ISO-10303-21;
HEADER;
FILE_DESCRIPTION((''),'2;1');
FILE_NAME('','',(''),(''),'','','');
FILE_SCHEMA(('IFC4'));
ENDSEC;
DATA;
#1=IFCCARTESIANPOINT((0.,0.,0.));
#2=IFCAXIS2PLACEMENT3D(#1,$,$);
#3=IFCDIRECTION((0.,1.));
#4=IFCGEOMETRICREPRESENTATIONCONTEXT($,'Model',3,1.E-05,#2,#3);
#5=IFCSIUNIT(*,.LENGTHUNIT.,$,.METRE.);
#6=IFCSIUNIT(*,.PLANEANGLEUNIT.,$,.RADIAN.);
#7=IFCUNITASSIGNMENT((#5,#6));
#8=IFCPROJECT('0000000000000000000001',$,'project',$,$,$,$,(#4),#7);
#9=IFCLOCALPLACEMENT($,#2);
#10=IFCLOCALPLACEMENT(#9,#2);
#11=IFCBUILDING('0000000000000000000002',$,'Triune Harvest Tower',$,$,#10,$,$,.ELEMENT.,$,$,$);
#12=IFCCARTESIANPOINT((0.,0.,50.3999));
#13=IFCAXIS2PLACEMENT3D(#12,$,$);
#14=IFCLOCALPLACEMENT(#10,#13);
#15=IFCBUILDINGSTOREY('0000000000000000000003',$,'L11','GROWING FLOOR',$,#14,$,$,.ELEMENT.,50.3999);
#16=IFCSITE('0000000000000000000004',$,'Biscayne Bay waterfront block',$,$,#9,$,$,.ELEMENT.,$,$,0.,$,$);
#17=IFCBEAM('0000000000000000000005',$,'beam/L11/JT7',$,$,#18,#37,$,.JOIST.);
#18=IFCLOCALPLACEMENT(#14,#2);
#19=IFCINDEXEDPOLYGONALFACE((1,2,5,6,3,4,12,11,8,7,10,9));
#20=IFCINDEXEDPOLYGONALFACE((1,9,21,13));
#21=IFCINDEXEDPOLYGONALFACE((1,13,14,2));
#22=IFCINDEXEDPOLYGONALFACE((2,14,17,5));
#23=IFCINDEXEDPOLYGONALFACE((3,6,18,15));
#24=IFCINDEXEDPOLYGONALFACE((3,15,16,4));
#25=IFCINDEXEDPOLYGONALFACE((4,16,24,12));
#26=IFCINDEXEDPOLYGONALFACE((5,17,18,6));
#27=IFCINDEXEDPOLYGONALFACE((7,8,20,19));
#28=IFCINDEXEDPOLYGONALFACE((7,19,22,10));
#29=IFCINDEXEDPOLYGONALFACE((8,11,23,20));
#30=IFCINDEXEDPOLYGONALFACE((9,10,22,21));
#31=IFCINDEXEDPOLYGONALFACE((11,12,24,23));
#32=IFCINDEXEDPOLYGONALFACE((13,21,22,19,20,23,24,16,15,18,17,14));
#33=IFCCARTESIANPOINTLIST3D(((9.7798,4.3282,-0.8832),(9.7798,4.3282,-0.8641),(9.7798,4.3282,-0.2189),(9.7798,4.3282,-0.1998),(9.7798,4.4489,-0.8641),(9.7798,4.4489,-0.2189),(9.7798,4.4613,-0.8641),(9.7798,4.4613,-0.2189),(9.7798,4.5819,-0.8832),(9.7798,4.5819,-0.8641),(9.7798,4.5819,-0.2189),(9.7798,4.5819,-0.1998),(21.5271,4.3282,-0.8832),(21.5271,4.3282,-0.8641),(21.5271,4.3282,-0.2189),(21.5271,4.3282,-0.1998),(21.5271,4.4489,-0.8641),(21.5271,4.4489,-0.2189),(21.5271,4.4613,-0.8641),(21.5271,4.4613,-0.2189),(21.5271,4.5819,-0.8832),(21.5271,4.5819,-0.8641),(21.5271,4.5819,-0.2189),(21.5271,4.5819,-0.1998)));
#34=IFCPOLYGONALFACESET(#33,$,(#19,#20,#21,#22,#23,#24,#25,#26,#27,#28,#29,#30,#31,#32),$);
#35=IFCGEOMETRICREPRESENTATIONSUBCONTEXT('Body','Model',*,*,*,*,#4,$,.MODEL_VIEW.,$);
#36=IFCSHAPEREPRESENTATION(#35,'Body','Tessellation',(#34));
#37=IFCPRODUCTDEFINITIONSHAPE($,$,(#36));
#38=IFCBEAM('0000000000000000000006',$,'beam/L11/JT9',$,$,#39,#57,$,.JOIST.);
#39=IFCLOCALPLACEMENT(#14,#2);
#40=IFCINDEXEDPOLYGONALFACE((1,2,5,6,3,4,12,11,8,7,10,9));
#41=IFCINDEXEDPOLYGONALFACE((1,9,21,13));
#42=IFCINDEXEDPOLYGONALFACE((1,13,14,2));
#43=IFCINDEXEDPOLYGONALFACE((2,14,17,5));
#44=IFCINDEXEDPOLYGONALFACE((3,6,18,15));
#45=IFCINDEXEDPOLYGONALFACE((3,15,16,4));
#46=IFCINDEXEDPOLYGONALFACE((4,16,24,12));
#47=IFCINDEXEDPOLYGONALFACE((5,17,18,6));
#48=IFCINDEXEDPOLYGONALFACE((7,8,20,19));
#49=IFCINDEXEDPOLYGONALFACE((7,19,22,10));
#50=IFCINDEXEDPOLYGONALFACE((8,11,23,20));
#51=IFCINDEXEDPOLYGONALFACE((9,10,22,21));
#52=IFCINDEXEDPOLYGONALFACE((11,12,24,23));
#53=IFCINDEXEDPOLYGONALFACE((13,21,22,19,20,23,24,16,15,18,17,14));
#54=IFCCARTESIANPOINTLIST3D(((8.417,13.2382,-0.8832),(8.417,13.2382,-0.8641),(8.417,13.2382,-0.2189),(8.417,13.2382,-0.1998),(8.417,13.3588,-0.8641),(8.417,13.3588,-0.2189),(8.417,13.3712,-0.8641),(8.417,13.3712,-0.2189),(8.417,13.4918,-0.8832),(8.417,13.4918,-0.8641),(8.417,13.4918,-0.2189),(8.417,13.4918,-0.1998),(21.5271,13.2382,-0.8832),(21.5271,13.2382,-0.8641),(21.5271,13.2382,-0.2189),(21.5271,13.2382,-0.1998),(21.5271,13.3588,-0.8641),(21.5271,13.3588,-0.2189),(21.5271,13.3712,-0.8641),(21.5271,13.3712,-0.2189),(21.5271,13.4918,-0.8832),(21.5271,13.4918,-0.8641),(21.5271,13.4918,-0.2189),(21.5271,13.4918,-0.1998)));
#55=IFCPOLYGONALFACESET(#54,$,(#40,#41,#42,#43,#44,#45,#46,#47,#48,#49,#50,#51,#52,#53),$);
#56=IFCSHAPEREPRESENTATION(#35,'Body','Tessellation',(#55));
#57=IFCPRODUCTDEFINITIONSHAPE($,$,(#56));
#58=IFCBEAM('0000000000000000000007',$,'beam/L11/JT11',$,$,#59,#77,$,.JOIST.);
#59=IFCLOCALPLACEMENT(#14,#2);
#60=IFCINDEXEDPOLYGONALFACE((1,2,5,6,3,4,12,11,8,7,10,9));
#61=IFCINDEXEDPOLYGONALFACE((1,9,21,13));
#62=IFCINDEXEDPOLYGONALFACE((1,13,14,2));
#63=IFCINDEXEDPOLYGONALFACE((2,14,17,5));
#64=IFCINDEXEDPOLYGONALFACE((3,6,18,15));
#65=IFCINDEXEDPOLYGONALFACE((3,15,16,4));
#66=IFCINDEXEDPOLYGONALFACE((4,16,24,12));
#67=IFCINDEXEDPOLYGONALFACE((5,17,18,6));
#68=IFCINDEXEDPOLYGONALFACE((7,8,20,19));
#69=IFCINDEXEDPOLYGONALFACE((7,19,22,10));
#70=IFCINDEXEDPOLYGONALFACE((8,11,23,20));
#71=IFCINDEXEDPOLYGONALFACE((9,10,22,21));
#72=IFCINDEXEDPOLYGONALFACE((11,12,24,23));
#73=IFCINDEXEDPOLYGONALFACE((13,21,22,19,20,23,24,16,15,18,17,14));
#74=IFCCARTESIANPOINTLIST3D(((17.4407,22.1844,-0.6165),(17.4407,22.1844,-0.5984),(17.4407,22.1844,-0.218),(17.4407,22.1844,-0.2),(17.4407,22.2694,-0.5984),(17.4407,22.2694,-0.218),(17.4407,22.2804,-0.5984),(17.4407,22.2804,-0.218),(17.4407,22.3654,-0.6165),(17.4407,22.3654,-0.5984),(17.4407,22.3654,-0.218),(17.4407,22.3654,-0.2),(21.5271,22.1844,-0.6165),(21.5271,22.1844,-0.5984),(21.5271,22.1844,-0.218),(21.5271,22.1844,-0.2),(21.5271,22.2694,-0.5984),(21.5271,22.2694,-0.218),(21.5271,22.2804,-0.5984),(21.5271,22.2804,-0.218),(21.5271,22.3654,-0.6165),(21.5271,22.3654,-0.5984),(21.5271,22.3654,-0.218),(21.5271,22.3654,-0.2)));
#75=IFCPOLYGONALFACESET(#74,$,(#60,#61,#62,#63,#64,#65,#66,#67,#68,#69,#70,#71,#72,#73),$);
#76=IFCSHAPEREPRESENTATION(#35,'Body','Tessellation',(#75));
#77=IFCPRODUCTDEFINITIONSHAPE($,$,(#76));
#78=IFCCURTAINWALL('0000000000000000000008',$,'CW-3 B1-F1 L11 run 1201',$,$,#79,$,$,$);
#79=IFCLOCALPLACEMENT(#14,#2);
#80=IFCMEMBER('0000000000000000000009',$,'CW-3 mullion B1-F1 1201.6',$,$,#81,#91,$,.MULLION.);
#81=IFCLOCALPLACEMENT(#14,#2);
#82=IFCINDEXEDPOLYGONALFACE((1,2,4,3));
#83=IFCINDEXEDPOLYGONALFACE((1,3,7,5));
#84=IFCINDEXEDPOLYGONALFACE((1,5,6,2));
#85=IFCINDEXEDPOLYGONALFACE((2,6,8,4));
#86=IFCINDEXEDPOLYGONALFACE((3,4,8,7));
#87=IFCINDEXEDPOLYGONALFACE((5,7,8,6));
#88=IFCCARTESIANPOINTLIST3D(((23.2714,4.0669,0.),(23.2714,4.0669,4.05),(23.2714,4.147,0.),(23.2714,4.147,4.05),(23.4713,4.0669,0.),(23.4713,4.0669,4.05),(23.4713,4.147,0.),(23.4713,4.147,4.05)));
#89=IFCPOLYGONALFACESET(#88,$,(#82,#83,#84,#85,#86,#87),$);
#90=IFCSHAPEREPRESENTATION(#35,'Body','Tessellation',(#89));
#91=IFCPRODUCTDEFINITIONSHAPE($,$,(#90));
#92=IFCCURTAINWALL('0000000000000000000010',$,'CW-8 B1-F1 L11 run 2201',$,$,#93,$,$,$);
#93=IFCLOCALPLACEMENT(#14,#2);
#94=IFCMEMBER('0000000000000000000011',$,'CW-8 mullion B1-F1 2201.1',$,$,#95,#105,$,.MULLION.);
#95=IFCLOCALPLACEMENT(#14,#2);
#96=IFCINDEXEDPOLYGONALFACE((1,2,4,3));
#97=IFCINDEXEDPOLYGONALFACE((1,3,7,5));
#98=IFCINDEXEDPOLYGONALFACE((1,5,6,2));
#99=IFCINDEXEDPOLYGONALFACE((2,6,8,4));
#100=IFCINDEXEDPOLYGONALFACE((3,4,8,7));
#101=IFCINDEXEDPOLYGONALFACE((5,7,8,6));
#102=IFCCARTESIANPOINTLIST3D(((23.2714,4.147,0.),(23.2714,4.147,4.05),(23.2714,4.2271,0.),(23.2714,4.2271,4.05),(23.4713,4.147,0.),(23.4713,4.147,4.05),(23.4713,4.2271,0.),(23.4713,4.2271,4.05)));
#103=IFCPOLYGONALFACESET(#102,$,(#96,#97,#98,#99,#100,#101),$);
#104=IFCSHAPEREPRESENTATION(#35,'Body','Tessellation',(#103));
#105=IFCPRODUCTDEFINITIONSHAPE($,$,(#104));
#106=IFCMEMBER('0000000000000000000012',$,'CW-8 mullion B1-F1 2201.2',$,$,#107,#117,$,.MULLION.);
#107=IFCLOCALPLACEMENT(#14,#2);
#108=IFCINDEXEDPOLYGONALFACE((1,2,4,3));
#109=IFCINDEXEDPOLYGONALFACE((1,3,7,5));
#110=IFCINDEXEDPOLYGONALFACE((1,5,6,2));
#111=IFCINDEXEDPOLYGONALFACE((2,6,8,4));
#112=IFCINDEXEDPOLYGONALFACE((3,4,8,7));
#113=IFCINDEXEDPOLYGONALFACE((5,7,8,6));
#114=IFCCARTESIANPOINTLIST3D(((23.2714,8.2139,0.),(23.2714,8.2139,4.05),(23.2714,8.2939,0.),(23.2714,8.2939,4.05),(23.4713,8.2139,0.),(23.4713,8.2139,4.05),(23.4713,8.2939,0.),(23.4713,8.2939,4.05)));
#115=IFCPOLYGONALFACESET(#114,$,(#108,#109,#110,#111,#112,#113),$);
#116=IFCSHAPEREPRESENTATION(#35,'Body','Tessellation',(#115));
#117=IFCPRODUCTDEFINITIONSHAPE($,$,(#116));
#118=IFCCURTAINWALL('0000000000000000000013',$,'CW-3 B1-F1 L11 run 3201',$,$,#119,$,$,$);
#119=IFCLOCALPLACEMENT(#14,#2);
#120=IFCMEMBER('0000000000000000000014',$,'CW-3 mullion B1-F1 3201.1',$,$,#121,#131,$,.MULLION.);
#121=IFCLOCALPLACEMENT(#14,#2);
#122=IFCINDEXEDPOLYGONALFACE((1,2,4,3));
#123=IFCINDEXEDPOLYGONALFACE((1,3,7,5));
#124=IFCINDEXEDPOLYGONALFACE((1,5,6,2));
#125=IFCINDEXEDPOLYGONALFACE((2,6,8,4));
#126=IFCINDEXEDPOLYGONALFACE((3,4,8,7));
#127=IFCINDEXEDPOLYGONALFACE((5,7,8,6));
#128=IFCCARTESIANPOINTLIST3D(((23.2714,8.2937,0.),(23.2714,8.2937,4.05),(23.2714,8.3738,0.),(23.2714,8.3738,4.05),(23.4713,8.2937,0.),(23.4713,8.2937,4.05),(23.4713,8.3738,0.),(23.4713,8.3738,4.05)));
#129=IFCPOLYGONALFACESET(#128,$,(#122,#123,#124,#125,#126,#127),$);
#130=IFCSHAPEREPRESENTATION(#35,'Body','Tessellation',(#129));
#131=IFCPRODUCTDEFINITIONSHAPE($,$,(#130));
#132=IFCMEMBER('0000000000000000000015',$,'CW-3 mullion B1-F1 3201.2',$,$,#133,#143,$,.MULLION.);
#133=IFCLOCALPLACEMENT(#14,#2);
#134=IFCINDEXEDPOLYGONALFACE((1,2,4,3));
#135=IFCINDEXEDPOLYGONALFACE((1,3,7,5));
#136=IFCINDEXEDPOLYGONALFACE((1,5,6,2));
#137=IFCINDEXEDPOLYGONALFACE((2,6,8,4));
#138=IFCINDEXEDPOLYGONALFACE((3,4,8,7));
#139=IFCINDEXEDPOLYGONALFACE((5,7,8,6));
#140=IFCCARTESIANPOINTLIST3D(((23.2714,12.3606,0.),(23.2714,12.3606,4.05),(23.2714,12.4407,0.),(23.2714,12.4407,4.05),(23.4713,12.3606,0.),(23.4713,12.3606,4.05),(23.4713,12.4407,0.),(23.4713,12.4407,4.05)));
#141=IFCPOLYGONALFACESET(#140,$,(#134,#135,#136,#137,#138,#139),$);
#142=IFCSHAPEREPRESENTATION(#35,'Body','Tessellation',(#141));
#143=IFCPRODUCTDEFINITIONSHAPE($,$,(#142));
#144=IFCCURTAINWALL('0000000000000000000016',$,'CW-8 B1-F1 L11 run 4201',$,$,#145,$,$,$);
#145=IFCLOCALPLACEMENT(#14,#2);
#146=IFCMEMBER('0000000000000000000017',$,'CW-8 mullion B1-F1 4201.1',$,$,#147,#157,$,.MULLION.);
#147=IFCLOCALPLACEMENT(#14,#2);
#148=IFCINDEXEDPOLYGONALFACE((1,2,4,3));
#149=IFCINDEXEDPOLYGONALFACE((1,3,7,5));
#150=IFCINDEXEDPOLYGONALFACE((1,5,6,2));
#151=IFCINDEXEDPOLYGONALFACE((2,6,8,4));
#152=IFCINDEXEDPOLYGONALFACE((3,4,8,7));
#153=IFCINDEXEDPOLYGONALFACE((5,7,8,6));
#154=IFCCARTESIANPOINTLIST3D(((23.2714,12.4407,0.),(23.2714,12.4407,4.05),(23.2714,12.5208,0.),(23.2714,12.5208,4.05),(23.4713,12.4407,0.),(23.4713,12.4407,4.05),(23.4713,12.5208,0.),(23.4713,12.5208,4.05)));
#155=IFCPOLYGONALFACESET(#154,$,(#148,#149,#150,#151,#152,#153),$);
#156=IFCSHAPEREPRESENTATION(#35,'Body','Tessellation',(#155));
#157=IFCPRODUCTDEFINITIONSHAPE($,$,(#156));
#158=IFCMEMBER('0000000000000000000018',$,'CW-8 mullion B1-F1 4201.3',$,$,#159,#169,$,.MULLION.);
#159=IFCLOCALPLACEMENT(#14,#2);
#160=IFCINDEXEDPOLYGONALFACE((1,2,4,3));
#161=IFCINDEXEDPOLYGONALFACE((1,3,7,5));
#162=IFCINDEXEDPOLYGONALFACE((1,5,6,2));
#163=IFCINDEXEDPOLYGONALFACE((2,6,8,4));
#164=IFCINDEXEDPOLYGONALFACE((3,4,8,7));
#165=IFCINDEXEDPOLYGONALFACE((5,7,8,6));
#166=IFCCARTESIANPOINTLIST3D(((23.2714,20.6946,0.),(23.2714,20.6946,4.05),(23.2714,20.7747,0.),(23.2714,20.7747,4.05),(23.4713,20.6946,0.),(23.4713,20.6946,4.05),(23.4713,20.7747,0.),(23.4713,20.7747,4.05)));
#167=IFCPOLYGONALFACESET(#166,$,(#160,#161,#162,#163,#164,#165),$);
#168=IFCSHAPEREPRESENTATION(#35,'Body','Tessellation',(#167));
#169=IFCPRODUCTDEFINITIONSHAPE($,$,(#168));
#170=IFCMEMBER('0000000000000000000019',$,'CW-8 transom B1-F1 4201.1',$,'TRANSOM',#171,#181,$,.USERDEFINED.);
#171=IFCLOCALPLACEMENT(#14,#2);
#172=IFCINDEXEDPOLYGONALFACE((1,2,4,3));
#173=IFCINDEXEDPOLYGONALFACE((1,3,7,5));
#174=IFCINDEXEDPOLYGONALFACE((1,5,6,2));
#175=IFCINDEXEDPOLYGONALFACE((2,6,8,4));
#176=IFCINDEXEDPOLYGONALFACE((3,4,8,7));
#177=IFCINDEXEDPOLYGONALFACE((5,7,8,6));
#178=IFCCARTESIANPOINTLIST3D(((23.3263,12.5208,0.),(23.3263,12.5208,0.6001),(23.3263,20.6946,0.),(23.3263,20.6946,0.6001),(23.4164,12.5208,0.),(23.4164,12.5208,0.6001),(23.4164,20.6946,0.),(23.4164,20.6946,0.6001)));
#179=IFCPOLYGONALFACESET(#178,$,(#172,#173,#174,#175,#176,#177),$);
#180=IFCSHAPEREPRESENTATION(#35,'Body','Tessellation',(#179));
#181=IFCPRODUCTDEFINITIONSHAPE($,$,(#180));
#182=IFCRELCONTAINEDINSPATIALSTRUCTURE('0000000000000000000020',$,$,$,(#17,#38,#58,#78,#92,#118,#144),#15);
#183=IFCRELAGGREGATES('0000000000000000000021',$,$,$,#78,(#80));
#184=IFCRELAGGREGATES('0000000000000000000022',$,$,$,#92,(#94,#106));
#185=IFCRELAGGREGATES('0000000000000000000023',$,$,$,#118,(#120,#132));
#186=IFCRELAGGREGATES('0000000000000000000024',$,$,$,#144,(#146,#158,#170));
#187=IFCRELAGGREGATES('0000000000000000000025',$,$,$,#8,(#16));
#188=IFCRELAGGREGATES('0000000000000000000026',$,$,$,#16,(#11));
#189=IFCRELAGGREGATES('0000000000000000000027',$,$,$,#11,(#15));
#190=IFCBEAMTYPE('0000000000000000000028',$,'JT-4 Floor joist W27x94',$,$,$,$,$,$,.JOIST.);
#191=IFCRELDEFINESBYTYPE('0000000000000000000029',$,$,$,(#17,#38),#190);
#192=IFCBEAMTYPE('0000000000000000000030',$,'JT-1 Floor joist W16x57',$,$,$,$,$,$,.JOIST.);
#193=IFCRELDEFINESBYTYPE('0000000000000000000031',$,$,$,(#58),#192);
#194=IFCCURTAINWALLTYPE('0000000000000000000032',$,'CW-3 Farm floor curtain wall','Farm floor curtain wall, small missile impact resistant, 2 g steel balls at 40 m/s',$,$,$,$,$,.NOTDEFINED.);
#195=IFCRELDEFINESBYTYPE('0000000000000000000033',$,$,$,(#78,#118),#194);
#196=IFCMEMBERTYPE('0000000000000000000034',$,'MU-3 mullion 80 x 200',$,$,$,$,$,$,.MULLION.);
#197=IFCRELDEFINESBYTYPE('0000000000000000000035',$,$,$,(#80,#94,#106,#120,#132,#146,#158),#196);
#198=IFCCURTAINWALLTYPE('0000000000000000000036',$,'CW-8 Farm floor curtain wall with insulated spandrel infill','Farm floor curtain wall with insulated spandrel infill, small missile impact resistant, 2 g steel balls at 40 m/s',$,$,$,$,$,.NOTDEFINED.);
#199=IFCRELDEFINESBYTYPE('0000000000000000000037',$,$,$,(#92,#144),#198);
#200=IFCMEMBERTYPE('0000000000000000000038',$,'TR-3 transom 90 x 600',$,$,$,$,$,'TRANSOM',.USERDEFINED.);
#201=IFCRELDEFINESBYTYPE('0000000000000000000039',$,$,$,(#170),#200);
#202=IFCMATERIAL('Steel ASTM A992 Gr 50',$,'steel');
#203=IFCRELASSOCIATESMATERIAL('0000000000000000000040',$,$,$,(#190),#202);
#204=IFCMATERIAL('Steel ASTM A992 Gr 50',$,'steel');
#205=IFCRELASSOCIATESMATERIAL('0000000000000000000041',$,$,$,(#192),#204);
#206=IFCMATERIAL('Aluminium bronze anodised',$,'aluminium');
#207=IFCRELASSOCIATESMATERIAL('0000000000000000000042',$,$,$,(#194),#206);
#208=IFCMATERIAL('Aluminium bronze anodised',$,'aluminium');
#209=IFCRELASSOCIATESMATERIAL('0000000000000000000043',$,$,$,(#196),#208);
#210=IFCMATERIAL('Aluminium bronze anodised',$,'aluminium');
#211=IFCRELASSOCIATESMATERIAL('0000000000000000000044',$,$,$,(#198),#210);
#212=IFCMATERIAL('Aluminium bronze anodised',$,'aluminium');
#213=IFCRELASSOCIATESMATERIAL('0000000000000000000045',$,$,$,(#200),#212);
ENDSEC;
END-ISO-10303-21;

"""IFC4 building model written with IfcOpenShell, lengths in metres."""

from ifc_helpers import new_model, si_unit, direction, frame, origin, origin_2d, place, context, subcontext, project, spatial, rectangle, i_section, extrude, source, transform, mapped, material, material_profile, profile_set, type_object, element, aggregate, save


model = new_model("IFC4")

# Units and contexts
model_context = context("Model", 3, precision=1e-05, world=origin(), true_north=direction((0.0, 1.0)))
body_context = subcontext(model_context, "Body", "Model", "MODEL_VIEW")
ifc_project = project(units=[si_unit("LENGTHUNIT", "METRE"), si_unit("PLANEANGLEUNIT", "RADIAN")], contexts=[model_context])

# Site, building, storey
site_placement = place(None, origin())
site = spatial("IfcSite", under=ifc_project, at=site_placement, Name="Biscayne Bay waterfront block", CompositionType="ELEMENT", RefElevation=0.0)
building_placement = place(site_placement, origin())
building = spatial("IfcBuilding", under=site, at=building_placement, Name="Triune Harvest Tower", CompositionType="ELEMENT")
storey_placement = place(building_placement, frame((0.0, 0.0, 50.3999)))
storey = spatial("IfcBuildingStorey", under=building, at=storey_placement, Name="L11", Description="GROWING FLOOR", CompositionType="ELEMENT", Elevation=50.3999)

# Beams
ifc_material_1 = material(Name="Steel ASTM A992 Gr 50", Category="steel")
ifc_material_profile_1 = material_profile(ifc_material_1, i_section(OverallWidth=0.2537, OverallDepth=0.6833, WebThickness=0.0125, FlangeThickness=0.019, at=origin_2d()), Name="W27x94")
ifc_profile_set_1 = profile_set([ifc_material_profile_1], Name="Steel ASTM A992 Gr 50")
beam_type_1 = type_object("IfcBeamType", Name="JT-4 Floor joist W27x94", PredefinedType="JOIST", material=ifc_profile_set_1)
shared_shape_1 = source(origin(), body_context, "Body", "SweptSolid", [
    extrude(i_section(OverallWidth=0.2537, OverallDepth=0.6833, WebThickness=0.0125, FlangeThickness=0.019, at=origin_2d()), origin(), (0.0, 0.0, 1.0), 11.7473),
])
beam_1_placement = place(storey_placement, frame((21.5271, 4.4551, -0.5415), z_axis=(-1.0, 0.0, 0.0), x_axis=(0.0, -1.0, 0.0)))
element("IfcBeam", 1, at=beam_1_placement, inside=storey, type_object=beam_type_1, Name="beam/L11/JT7", PredefinedType="JOIST", context=body_context, shape_type="MappedRepresentation", body=[
    mapped(shared_shape_1, transform((0.0, 0.0, 0.0), scale=1.0)),
])
shared_shape_2 = source(origin(), body_context, "Body", "SweptSolid", [
    extrude(i_section(OverallWidth=0.2537, OverallDepth=0.6833, WebThickness=0.0125, FlangeThickness=0.019, at=origin_2d()), origin(), (0.0, 0.0, 1.0), 13.1101),
])
beam_2_placement = place(storey_placement, frame((21.5271, 13.365, -0.5415), z_axis=(-1.0, 0.0, 0.0), x_axis=(0.0, -1.0, 0.0)))
element("IfcBeam", 2, at=beam_2_placement, inside=storey, type_object=beam_type_1, Name="beam/L11/JT9", PredefinedType="JOIST", context=body_context, shape_type="MappedRepresentation", body=[
    mapped(shared_shape_2, transform((0.0, 0.0, 0.0), scale=1.0)),
])
ifc_material_2 = material(Name="Steel ASTM A992 Gr 50", Category="steel")
ifc_material_profile_2 = material_profile(ifc_material_2, i_section(OverallWidth=0.1809, OverallDepth=0.4165, WebThickness=0.011, FlangeThickness=0.0181, at=origin_2d()), Name="W16x57")
ifc_profile_set_2 = profile_set([ifc_material_profile_2], Name="Steel ASTM A992 Gr 50")
beam_type_2 = type_object("IfcBeamType", Name="JT-1 Floor joist W16x57", PredefinedType="JOIST", material=ifc_profile_set_2)
shared_shape_3 = source(origin(), body_context, "Body", "SweptSolid", [
    extrude(i_section(OverallWidth=0.1809, OverallDepth=0.4165, WebThickness=0.011, FlangeThickness=0.0181, at=origin_2d()), origin(), (0.0, 0.0, 1.0), 4.0864),
])
beam_3_placement = place(storey_placement, frame((21.5271, 22.2749, -0.4082), z_axis=(-1.0, 0.0, 0.0), x_axis=(0.0, -1.0, 0.0)))
element("IfcBeam", 3, at=beam_3_placement, inside=storey, type_object=beam_type_2, Name="beam/L11/JT11", PredefinedType="JOIST", context=body_context, shape_type="MappedRepresentation", body=[
    mapped(shared_shape_3, transform((0.0, 0.0, 0.0), scale=1.0)),
])

# Curtain wall, member
ifc_material_3 = material(Name="Aluminium bronze anodised", Category="aluminium")
curtain_wall_type_1 = type_object("IfcCurtainWallType", Name="CW-3 Farm floor curtain wall", Description="Farm floor curtain wall, small missile impact resistant, 2 g steel balls at 40 m/s", PredefinedType="NOTDEFINED", material=ifc_material_3)
curtain_wall_1_placement = place(storey_placement, origin())
curtain_wall_1 = element("IfcCurtainWall", 4, at=curtain_wall_1_placement, inside=storey, type_object=curtain_wall_type_1, Name="CW-3 B1-F1 L11 run 1201")
ifc_material_4 = material(Name="Aluminium bronze anodised", Category="aluminium")
ifc_material_profile_3 = material_profile(ifc_material_4, rectangle(XDim=0.2, YDim=0.0801, at=origin_2d()), Name="MU-3 mullion 80 x 200")
ifc_profile_set_3 = profile_set([ifc_material_profile_3], Name="Aluminium bronze anodised")
member_type_1 = type_object("IfcMemberType", Name="MU-3 mullion 80 x 200", PredefinedType="MULLION", material=ifc_profile_set_3)
shared_shape_4 = source(origin(), body_context, "Body", "SweptSolid", [
    extrude(rectangle(XDim=0.2, YDim=0.0801, at=origin_2d()), origin(), (0.0, 0.0, 1.0), 4.05),
])
member_1_placement = place(storey_placement, frame((23.3713, 4.1069, 0.0), z_axis=(0.0, 0.0, 1.0), x_axis=(-1.0, 0.0, 0.0)))
member_1 = element("IfcMember", 5, at=member_1_placement, type_object=member_type_1, Name="CW-3 mullion B1-F1 1201.6", PredefinedType="MULLION", context=body_context, shape_type="MappedRepresentation", body=[
    mapped(shared_shape_4, transform((0.0, 0.0, 0.0), scale=1.0)),
])

# Curtain walls, members
ifc_material_5 = material(Name="Aluminium bronze anodised", Category="aluminium")
curtain_wall_type_2 = type_object("IfcCurtainWallType", Name="CW-8 Farm floor curtain wall with insulated spandrel infill", Description="Farm floor curtain wall with insulated spandrel infill, small missile impact resistant, 2 g steel balls at 40 m/s", PredefinedType="NOTDEFINED", material=ifc_material_5)
curtain_wall_2_placement = place(storey_placement, origin())
curtain_wall_2 = element("IfcCurtainWall", 6, at=curtain_wall_2_placement, inside=storey, type_object=curtain_wall_type_2, Name="CW-8 B1-F1 L11 run 2201")
member_2_placement = place(storey_placement, frame((23.3713, 4.187, 0.0), z_axis=(0.0, 0.0, 1.0), x_axis=(-1.0, 0.0, 0.0)))
member_2 = element("IfcMember", 7, at=member_2_placement, type_object=member_type_1, Name="CW-8 mullion B1-F1 2201.1", PredefinedType="MULLION", context=body_context, shape_type="MappedRepresentation", body=[
    mapped(shared_shape_4, transform((0.0, 0.0, 0.0), scale=1.0)),
])
member_3_placement = place(storey_placement, frame((23.3713, 8.2539, 0.0), z_axis=(0.0, 0.0, 1.0), x_axis=(-1.0, 0.0, 0.0)))
member_3 = element("IfcMember", 8, at=member_3_placement, type_object=member_type_1, Name="CW-8 mullion B1-F1 2201.2", PredefinedType="MULLION", context=body_context, shape_type="MappedRepresentation", body=[
    mapped(shared_shape_4, transform((0.0, 0.0, 0.0), scale=1.0)),
])
curtain_wall_3_placement = place(storey_placement, origin())
curtain_wall_3 = element("IfcCurtainWall", 9, at=curtain_wall_3_placement, inside=storey, type_object=curtain_wall_type_1, Name="CW-3 B1-F1 L11 run 3201")
member_4_placement = place(storey_placement, frame((23.3713, 8.3337, 0.0), z_axis=(0.0, 0.0, 1.0), x_axis=(-1.0, 0.0, 0.0)))
member_4 = element("IfcMember", 10, at=member_4_placement, type_object=member_type_1, Name="CW-3 mullion B1-F1 3201.1", PredefinedType="MULLION", context=body_context, shape_type="MappedRepresentation", body=[
    mapped(shared_shape_4, transform((0.0, 0.0, 0.0), scale=1.0)),
])
member_5_placement = place(storey_placement, frame((23.3713, 12.4006, 0.0), z_axis=(0.0, 0.0, 1.0), x_axis=(-1.0, 0.0, 0.0)))
member_5 = element("IfcMember", 11, at=member_5_placement, type_object=member_type_1, Name="CW-3 mullion B1-F1 3201.2", PredefinedType="MULLION", context=body_context, shape_type="MappedRepresentation", body=[
    mapped(shared_shape_4, transform((0.0, 0.0, 0.0), scale=1.0)),
])
curtain_wall_4_placement = place(storey_placement, origin())
curtain_wall_4 = element("IfcCurtainWall", 12, at=curtain_wall_4_placement, inside=storey, type_object=curtain_wall_type_2, Name="CW-8 B1-F1 L11 run 4201")
member_6_placement = place(storey_placement, frame((23.3713, 12.4807, 0.0), z_axis=(0.0, 0.0, 1.0), x_axis=(-1.0, 0.0, 0.0)))
member_6 = element("IfcMember", 13, at=member_6_placement, type_object=member_type_1, Name="CW-8 mullion B1-F1 4201.1", PredefinedType="MULLION", context=body_context, shape_type="MappedRepresentation", body=[
    mapped(shared_shape_4, transform((0.0, 0.0, 0.0), scale=1.0)),
])
member_7_placement = place(storey_placement, frame((23.3713, 20.7346, 0.0), z_axis=(0.0, 0.0, 1.0), x_axis=(-1.0, 0.0, 0.0)))
member_7 = element("IfcMember", 14, at=member_7_placement, type_object=member_type_1, Name="CW-8 mullion B1-F1 4201.3", PredefinedType="MULLION", context=body_context, shape_type="MappedRepresentation", body=[
    mapped(shared_shape_4, transform((0.0, 0.0, 0.0), scale=1.0)),
])
ifc_material_6 = material(Name="Aluminium bronze anodised", Category="aluminium")
ifc_material_profile_4 = material_profile(ifc_material_6, rectangle(XDim=0.0901, YDim=0.6001, at=origin_2d()), Name="TR-3 transom 90 x 600")
ifc_profile_set_4 = profile_set([ifc_material_profile_4], Name="Aluminium bronze anodised")
member_type_2 = type_object("IfcMemberType", Name="TR-3 transom 90 x 600", ElementType="TRANSOM", PredefinedType="USERDEFINED", material=ifc_profile_set_4)
shared_shape_5 = source(origin(), body_context, "Body", "SweptSolid", [
    extrude(rectangle(XDim=0.0901, YDim=0.6001, at=origin_2d()), origin(), (0.0, 0.0, 1.0), 8.1738),
])
member_8_placement = place(storey_placement, frame((23.3713, 12.5208, 0.3), z_axis=(0.0, 1.0, 0.0), x_axis=(-1.0, 0.0, 0.0)))
member_8 = element("IfcMember", 15, at=member_8_placement, type_object=member_type_2, Name="CW-8 transom B1-F1 4201.1", ObjectType="TRANSOM", PredefinedType="USERDEFINED", context=body_context, shape_type="MappedRepresentation", body=[
    mapped(shared_shape_5, transform((0.0, 0.0, 0.0), scale=1.0)),
])

aggregate(curtain_wall_1, [member_1])
aggregate(curtain_wall_2, [member_2, member_3])
aggregate(curtain_wall_3, [member_4, member_5])
aggregate(curtain_wall_4, [member_6, member_7, member_8])

save(model, "model.ifc")
